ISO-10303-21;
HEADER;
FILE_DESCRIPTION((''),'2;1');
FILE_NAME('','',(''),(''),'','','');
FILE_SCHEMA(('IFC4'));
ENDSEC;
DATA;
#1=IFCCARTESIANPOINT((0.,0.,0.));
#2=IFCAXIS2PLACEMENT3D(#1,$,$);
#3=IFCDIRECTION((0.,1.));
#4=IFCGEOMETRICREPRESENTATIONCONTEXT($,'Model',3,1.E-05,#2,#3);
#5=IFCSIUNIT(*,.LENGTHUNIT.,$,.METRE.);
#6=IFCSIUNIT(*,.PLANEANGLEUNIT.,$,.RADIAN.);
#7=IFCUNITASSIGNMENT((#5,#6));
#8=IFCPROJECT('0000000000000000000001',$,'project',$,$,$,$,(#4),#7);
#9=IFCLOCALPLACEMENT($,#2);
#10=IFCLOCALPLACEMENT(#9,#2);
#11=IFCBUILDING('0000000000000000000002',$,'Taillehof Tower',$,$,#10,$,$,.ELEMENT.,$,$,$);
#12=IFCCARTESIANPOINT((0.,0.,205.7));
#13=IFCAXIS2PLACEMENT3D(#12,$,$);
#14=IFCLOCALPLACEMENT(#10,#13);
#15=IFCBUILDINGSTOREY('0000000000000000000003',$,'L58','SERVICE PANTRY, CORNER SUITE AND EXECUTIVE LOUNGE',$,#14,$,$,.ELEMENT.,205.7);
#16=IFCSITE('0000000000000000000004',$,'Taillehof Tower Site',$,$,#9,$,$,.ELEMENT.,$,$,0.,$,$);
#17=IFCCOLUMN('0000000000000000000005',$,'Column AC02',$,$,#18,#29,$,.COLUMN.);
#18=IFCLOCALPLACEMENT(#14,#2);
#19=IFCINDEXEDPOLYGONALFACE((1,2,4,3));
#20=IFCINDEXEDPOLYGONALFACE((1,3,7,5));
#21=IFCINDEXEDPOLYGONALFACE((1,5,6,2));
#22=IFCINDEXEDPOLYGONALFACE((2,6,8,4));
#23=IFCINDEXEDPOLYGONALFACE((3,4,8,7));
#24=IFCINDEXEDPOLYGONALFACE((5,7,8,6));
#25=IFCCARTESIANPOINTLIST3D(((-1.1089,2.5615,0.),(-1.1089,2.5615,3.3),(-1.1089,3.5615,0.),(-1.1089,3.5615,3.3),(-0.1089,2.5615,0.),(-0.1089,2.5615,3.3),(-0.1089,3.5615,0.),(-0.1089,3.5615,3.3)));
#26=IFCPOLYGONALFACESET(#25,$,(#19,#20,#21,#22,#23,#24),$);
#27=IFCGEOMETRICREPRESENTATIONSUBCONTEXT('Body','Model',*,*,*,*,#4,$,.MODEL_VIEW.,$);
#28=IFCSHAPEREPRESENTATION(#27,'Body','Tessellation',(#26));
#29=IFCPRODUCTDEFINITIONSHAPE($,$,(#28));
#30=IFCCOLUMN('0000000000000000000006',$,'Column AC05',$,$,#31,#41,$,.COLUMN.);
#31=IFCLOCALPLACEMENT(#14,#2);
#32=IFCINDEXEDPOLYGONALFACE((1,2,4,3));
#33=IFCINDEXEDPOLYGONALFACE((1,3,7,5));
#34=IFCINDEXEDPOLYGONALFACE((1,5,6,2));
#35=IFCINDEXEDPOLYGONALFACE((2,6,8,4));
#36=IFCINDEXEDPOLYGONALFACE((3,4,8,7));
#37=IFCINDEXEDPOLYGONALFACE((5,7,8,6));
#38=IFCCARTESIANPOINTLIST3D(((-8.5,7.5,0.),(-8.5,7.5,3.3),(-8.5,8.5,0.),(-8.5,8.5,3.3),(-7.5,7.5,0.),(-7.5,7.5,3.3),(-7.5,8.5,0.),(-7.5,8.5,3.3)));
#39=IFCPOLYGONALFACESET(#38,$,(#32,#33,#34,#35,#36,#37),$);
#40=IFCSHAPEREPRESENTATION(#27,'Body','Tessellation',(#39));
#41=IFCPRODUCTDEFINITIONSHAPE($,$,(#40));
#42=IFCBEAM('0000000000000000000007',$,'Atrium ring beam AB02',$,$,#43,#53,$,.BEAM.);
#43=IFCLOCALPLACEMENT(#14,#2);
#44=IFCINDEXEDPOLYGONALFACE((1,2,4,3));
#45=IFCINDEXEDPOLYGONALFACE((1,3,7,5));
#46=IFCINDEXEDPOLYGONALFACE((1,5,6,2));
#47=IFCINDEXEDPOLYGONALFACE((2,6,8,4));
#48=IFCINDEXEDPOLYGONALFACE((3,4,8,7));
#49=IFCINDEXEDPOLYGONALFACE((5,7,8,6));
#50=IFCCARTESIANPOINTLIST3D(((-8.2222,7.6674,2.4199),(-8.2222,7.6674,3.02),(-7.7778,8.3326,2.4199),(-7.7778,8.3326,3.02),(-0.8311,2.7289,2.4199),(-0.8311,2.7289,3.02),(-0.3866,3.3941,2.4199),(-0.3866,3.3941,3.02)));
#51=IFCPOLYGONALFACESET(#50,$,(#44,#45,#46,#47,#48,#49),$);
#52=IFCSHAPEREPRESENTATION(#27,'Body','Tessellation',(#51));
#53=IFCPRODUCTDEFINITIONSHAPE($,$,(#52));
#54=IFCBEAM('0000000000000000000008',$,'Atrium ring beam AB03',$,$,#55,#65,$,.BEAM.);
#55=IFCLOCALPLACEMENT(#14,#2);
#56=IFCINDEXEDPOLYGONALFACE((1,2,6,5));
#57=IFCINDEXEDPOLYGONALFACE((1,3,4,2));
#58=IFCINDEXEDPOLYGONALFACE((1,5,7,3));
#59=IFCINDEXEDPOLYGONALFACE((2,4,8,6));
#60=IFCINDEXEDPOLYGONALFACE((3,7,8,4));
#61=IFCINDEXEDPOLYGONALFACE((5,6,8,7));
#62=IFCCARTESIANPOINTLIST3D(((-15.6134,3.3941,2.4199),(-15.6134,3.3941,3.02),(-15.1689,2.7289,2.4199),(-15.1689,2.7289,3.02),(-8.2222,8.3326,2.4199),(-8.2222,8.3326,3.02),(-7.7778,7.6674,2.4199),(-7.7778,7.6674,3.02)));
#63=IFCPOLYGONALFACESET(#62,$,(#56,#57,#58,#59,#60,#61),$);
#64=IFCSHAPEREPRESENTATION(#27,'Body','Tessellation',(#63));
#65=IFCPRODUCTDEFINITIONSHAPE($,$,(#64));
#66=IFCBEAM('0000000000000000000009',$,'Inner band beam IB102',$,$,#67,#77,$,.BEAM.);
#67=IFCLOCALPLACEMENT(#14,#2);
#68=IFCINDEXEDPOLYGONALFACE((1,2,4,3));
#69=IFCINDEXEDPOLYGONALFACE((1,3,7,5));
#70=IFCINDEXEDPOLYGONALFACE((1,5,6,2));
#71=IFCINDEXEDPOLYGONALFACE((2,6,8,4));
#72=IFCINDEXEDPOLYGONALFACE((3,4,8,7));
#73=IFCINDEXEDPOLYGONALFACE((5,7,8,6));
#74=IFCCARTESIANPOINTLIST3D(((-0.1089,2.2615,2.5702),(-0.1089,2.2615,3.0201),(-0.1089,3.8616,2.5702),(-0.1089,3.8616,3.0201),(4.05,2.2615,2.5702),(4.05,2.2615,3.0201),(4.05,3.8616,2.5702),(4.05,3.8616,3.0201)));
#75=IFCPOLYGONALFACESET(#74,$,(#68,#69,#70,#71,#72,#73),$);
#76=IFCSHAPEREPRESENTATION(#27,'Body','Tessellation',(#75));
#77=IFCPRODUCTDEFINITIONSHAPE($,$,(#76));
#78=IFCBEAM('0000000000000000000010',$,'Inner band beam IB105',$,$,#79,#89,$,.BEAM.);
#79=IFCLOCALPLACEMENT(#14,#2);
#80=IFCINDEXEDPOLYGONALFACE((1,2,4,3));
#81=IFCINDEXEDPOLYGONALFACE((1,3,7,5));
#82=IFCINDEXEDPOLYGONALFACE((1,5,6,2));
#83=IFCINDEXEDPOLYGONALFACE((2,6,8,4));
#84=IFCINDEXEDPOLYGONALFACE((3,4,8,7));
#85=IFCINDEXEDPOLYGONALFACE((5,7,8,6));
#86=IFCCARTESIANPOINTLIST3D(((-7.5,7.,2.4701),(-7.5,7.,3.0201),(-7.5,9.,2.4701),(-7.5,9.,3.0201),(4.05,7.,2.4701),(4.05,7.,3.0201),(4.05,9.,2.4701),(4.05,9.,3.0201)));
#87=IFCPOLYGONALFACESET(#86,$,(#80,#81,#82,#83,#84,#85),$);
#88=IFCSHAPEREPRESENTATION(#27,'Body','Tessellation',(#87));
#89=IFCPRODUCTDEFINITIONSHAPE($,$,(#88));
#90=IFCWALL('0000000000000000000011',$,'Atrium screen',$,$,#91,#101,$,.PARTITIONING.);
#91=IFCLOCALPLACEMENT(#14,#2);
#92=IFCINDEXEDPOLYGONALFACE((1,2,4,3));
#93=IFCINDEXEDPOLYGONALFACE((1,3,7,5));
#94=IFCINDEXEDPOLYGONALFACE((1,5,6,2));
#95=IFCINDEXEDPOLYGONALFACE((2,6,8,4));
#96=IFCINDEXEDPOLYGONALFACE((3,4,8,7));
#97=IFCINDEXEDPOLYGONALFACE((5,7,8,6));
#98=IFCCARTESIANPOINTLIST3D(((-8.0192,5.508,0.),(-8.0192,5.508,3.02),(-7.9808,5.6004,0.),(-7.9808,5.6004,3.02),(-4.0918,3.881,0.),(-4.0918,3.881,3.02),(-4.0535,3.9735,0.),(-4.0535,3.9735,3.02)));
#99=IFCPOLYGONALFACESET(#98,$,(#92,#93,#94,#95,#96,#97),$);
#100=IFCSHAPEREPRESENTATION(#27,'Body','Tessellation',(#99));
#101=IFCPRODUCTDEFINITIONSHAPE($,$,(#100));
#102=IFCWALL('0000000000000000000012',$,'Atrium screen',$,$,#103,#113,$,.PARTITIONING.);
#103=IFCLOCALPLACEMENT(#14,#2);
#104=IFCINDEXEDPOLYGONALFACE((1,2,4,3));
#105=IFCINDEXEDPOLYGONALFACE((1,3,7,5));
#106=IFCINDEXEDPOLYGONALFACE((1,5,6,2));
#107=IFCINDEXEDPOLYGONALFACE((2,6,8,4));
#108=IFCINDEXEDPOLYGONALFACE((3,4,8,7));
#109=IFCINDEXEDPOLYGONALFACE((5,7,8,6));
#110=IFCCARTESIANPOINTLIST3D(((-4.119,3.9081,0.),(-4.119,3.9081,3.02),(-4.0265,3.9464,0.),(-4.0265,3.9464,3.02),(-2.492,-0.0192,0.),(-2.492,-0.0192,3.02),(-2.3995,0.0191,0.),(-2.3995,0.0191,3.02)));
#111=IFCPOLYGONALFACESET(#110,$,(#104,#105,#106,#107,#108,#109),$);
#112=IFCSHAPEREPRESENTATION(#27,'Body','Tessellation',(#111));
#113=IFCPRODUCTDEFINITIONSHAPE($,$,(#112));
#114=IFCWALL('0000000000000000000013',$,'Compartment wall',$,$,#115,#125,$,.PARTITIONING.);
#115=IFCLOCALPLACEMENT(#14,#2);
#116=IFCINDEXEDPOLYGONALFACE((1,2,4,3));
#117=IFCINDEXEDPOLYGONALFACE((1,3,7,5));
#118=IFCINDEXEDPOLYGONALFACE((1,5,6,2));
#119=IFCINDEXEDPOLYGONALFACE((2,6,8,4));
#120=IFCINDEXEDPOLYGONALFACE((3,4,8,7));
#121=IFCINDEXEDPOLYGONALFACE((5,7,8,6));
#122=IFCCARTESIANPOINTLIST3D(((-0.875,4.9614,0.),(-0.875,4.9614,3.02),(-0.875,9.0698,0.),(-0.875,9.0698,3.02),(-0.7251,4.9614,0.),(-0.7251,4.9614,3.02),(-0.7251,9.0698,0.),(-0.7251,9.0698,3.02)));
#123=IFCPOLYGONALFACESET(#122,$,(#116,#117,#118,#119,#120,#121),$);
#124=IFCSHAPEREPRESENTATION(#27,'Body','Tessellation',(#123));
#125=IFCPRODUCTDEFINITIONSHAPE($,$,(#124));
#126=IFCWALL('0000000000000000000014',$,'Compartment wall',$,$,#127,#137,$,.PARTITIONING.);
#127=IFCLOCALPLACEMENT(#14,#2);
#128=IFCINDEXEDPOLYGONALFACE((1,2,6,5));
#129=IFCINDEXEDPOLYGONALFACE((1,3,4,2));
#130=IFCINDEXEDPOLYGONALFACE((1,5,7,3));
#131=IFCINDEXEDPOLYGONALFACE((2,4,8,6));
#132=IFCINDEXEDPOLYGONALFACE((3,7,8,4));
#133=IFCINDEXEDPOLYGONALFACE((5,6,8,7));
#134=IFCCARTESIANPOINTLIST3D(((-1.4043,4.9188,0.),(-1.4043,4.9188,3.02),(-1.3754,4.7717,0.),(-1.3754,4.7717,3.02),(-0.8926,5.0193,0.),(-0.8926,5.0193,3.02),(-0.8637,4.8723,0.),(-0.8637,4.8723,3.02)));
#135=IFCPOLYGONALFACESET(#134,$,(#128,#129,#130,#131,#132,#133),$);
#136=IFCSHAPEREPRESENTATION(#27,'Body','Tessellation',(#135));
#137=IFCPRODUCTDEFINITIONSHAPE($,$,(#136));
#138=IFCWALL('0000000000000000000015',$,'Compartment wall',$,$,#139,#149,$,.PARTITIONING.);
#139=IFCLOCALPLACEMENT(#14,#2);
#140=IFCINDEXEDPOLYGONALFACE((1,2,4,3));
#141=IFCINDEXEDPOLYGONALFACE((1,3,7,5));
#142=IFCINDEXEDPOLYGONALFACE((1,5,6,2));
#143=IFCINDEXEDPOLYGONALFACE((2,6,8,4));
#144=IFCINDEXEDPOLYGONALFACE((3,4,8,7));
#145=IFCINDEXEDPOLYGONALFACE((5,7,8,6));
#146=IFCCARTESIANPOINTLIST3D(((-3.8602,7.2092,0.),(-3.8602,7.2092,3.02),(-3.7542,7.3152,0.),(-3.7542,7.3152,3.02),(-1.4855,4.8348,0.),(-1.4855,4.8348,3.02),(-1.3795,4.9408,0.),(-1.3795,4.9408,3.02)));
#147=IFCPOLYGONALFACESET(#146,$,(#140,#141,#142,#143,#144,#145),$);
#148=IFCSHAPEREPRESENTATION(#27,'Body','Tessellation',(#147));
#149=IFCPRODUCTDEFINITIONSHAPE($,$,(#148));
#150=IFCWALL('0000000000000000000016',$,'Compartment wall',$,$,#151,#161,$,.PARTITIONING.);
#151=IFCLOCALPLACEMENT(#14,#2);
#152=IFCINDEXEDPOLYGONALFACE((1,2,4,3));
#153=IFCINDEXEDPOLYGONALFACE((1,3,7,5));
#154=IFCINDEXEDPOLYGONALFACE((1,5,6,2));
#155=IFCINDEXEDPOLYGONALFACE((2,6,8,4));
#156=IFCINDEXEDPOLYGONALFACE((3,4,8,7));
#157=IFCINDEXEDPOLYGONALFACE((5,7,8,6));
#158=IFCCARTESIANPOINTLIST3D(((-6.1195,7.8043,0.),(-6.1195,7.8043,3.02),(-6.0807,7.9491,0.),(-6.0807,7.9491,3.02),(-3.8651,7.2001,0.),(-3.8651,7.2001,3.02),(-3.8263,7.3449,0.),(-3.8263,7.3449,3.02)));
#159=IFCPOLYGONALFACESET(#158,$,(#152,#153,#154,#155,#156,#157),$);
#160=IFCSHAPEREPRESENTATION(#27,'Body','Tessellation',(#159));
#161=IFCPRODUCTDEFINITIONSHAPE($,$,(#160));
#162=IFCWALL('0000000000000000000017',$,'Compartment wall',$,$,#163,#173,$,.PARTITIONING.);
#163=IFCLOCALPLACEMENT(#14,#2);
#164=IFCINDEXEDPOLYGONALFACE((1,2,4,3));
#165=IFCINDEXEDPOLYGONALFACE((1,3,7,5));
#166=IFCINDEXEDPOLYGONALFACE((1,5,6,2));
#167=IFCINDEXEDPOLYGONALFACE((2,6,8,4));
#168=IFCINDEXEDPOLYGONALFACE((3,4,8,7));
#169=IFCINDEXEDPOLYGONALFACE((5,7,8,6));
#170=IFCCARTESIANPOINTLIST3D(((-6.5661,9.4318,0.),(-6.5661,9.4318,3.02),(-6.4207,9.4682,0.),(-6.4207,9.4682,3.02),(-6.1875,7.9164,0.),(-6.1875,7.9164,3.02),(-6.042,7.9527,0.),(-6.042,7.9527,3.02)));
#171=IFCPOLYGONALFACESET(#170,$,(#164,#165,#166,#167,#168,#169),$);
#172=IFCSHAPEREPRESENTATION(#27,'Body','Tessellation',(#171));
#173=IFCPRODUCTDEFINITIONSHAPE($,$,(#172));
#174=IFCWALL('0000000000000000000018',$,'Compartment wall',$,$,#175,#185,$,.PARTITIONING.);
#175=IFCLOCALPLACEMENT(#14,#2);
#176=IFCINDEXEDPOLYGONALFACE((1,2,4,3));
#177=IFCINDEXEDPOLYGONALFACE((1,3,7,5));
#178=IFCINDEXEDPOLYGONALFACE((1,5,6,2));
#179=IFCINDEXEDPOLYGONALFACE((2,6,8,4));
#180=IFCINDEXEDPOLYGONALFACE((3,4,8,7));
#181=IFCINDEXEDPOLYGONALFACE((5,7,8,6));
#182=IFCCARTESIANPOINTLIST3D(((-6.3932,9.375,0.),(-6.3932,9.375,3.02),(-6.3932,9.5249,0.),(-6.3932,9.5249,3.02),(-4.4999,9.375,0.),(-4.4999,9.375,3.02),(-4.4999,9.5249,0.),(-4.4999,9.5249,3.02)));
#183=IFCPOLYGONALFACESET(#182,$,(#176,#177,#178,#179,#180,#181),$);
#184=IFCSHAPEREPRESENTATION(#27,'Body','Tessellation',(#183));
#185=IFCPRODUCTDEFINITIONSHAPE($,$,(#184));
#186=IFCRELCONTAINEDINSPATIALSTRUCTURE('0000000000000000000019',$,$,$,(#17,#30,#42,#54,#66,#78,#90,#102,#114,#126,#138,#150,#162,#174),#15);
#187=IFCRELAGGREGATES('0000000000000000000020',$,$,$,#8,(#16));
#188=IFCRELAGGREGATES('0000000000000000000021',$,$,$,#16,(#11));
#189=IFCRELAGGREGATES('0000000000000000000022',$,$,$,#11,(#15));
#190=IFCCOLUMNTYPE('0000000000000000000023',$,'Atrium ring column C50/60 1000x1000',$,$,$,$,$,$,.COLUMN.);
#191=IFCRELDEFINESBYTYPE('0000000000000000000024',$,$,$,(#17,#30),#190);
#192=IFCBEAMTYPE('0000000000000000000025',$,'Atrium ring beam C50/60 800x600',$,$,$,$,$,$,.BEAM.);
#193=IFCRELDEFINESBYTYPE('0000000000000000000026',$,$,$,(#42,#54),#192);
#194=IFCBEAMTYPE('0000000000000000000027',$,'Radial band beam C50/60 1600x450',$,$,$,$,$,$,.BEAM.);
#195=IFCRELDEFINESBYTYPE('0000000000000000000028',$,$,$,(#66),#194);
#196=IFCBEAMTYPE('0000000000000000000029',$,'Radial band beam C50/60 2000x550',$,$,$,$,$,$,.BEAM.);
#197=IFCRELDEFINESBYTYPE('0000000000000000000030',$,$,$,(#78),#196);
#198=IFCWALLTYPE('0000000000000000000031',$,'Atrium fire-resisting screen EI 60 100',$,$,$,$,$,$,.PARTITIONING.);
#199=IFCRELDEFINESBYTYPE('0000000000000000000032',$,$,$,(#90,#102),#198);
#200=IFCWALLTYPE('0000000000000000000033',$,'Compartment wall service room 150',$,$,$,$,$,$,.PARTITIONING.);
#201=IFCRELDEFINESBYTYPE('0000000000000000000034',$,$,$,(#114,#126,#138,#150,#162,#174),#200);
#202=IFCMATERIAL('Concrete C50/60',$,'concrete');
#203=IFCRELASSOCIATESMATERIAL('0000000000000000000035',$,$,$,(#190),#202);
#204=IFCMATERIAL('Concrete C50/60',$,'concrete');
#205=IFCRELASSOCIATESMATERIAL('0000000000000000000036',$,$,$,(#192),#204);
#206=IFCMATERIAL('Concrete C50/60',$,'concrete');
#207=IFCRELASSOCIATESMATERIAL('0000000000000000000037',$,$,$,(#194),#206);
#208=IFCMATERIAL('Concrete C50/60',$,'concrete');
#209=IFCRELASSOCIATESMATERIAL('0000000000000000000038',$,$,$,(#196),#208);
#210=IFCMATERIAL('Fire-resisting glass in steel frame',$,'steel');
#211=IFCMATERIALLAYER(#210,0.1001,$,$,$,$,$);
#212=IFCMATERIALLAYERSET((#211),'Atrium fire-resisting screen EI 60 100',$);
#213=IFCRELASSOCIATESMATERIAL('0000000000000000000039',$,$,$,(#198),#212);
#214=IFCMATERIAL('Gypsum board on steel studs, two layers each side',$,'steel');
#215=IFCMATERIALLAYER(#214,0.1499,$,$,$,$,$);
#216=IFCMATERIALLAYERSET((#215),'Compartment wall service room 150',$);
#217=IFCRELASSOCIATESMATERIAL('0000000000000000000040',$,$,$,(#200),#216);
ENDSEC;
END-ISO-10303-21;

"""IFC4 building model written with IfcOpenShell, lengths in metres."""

from ifc_helpers import new_model, si_unit, direction, frame, frame_2d, origin, origin_2d, place, context, subcontext, project, spatial, rectangle, extrude, material, layer, layer_set, material_profile, profile_set, type_object, element, save


model = new_model("IFC4")

# Units and contexts
model_context = context("Model", 3, precision=1e-05, world=origin(), true_north=direction((0.0, 1.0)))
body_context = subcontext(model_context, "Body", "Model", "MODEL_VIEW")
ifc_project = project(units=[si_unit("LENGTHUNIT", "METRE"), si_unit("PLANEANGLEUNIT", "RADIAN")], contexts=[model_context])

# Site, building, storey
site_placement = place(None, origin())
site = spatial("IfcSite", under=ifc_project, at=site_placement, Name="Taillehof Tower Site", CompositionType="ELEMENT", RefElevation=0.0)
building_placement = place(site_placement, origin())
building = spatial("IfcBuilding", under=site, at=building_placement, Name="Taillehof Tower", CompositionType="ELEMENT")
storey_placement = place(building_placement, frame((0.0, 0.0, 205.7)))
storey = spatial("IfcBuildingStorey", under=building, at=storey_placement, Name="L58", Description="SERVICE PANTRY, CORNER SUITE AND EXECUTIVE LOUNGE", CompositionType="ELEMENT", Elevation=205.7)

# Columns
ifc_material_1 = material(Name="Concrete C50/60", Category="concrete")
ifc_material_profile_1 = material_profile(ifc_material_1, rectangle(XDim=1.0, YDim=1.0, at=origin_2d()), Name="RC 1000x1000")
ifc_profile_set_1 = profile_set([ifc_material_profile_1], Name="Concrete C50/60")
column_type = type_object("IfcColumnType", Name="Atrium ring column C50/60 1000x1000", PredefinedType="COLUMN", material=ifc_profile_set_1)
for number, where, z_axis, x_axis, name in (
    (1, (-0.6089, 3.0615, 0.0), (0.0, 0.0, 1.0), (1.0, 0.0, 0.0), "Column AC02"),
    (2, (-8.0, 8.0, 0.0), (0.0, 0.0, 1.0), (1.0, 0.0, 0.0), "Column AC05"),
):
    element("IfcColumn", number, at=place(storey_placement, frame(where, z_axis=z_axis, x_axis=x_axis)), inside=storey, type_object=column_type, Name=name, PredefinedType="COLUMN", context=body_context, shape_type="SweptSolid", body=[
        extrude(rectangle(XDim=1.0, YDim=1.0, at=origin_2d()), origin(), (0.0, 0.0, 1.0), 3.3),
    ])

# Beams
ifc_material_2 = material(Name="Concrete C50/60", Category="concrete")
ifc_material_profile_2 = material_profile(ifc_material_2, rectangle(XDim=0.8, YDim=0.6001, at=origin_2d()), Name="RC 800x600")
ifc_profile_set_2 = profile_set([ifc_material_profile_2], Name="Concrete C50/60")
beam_type_1 = type_object("IfcBeamType", Name="Atrium ring beam C50/60 800x600", PredefinedType="BEAM", material=ifc_profile_set_2)
for number, where, z_axis, x_axis, name in (
    (3, (-0.6089, 3.0615, 2.72), (-0.831475, 0.555562, 0.0), (-0.555562, -0.831475, 0.0), "Atrium ring beam AB02"),
    (4, (-8.0, 8.0, 2.72), (-0.831475, -0.555562, 0.0), (0.555562, -0.831475, 0.0), "Atrium ring beam AB03"),
):
    element("IfcBeam", number, at=place(storey_placement, frame(where, z_axis=z_axis, x_axis=x_axis)), inside=storey, type_object=beam_type_1, Name=name, PredefinedType="BEAM", context=body_context, shape_type="SweptSolid", body=[
        extrude(rectangle(XDim=0.8, YDim=0.6001, at=origin_2d()), origin(), (0.0, 0.0, 1.0), 8.8892),
    ])
ifc_material_3 = material(Name="Concrete C50/60", Category="concrete")
ifc_material_profile_3 = material_profile(ifc_material_3, rectangle(XDim=1.6001, YDim=0.45, at=origin_2d()), Name="RC 1600x450")
ifc_profile_set_3 = profile_set([ifc_material_profile_3], Name="Concrete C50/60")
beam_type_2 = type_object("IfcBeamType", Name="Radial band beam C50/60 1600x450", PredefinedType="BEAM", material=ifc_profile_set_3)
beam_1_placement = place(storey_placement, frame((-0.1089, 3.0615, 2.7952), z_axis=(1.0, 0.0, 0.0), x_axis=(0.0, 1.0, 0.0)))
element("IfcBeam", 5, at=beam_1_placement, inside=storey, type_object=beam_type_2, Name="Inner band beam IB102", PredefinedType="BEAM", context=body_context, shape_type="SweptSolid", body=[
    extrude(rectangle(XDim=1.6001, YDim=0.45, at=origin_2d()), origin(), (0.0, 0.0, 1.0), 4.1589),
])
ifc_material_4 = material(Name="Concrete C50/60", Category="concrete")
ifc_material_profile_4 = material_profile(ifc_material_4, rectangle(XDim=2.0, YDim=0.55, at=origin_2d()), Name="RC 2000x550")
ifc_profile_set_4 = profile_set([ifc_material_profile_4], Name="Concrete C50/60")
beam_type_3 = type_object("IfcBeamType", Name="Radial band beam C50/60 2000x550", PredefinedType="BEAM", material=ifc_profile_set_4)
beam_2_placement = place(storey_placement, frame((-7.5, 8.0, 2.7451), z_axis=(1.0, 0.0, 0.0), x_axis=(0.0, 1.0, 0.0)))
element("IfcBeam", 6, at=beam_2_placement, inside=storey, type_object=beam_type_3, Name="Inner band beam IB105", PredefinedType="BEAM", context=body_context, shape_type="SweptSolid", body=[
    extrude(rectangle(XDim=2.0, YDim=0.55, at=origin_2d()), origin(), (0.0, 0.0, 1.0), 11.55),
])

# Walls
ifc_material_5 = material(Name="Fire-resisting glass in steel frame", Category="steel")
ifc_layer_1 = layer(ifc_material_5, 0.1001)
ifc_layer_set_1 = layer_set([ifc_layer_1], Name="Atrium fire-resisting screen EI 60 100")
wall_type_1 = type_object("IfcWallType", Name="Atrium fire-resisting screen EI 60 100", PredefinedType="PARTITIONING", material=ifc_layer_set_1)
for number, where, z_axis, x_axis, name in (
    (7, (-8.0, 5.5542, 0.0), (0.0, 0.0, 1.0), (0.92386, -0.382731, 0.0), "Atrium screen"),
    (8, (-4.0728, 3.9272, 0.0), (0.0, 0.0, 1.0), (0.382731, -0.92386, 0.0), "Atrium screen"),
):
    element("IfcWall", number, at=place(storey_placement, frame(where, z_axis=z_axis, x_axis=x_axis)), inside=storey, type_object=wall_type_1, Name=name, PredefinedType="PARTITIONING", context=body_context, shape_type="SweptSolid", body=[
        extrude(rectangle(XDim=4.251, YDim=0.1001, at=frame_2d((2.1255, 0.0))), origin(), (0.0, 0.0, 1.0), 3.02),
    ])
ifc_material_6 = material(Name="Gypsum board on steel studs, two layers each side", Category="steel")
ifc_layer_2 = layer(ifc_material_6, 0.1499)
ifc_layer_set_2 = layer_set([ifc_layer_2], Name="Compartment wall service room 150")
wall_type_2 = type_object("IfcWallType", Name="Compartment wall service room 150", PredefinedType="PARTITIONING", material=ifc_layer_set_2)
wall_1_placement = place(storey_placement, frame((-0.8, 9.0698, 0.0), z_axis=(0.0, 0.0, 1.0), x_axis=(0.0, -1.0, 0.0)))
element("IfcWall", 9, at=wall_1_placement, inside=storey, type_object=wall_type_2, Name="Compartment wall", PredefinedType="PARTITIONING", context=body_context, shape_type="SweptSolid", body=[
    extrude(rectangle(XDim=4.1084, YDim=0.1499, at=frame_2d((2.0542, 0.0))), origin(), (0.0, 0.0, 1.0), 3.02),
])
wall_2_placement = place(storey_placement, frame((-0.8782, 4.9458, 0.0), z_axis=(0.0, 0.0, 1.0), x_axis=(-0.981224, -0.192874, 0.0)))
element("IfcWall", 10, at=wall_2_placement, inside=storey, type_object=wall_type_2, Name="Compartment wall", PredefinedType="PARTITIONING", context=body_context, shape_type="SweptSolid", body=[
    extrude(rectangle(XDim=0.5215, YDim=0.1499, at=frame_2d((0.2607, 0.0))), origin(), (0.0, 0.0, 1.0), 3.02),
])
wall_3_placement = place(storey_placement, frame((-1.4324, 4.8877, 0.0), z_axis=(0.0, 0.0, 1.0), x_axis=(-0.707143, 0.70707, 0.0)))
element("IfcWall", 11, at=wall_3_placement, inside=storey, type_object=wall_type_2, Name="Compartment wall", PredefinedType="PARTITIONING", context=body_context, shape_type="SweptSolid", body=[
    extrude(rectangle(XDim=3.3582, YDim=0.1499, at=frame_2d((1.6792, 0.0))), origin(), (0.0, 0.0, 1.0), 3.02),
])
wall_4_placement = place(storey_placement, frame((-3.8457, 7.2725, 0.0), z_axis=(0.0, 0.0, 1.0), x_axis=(-0.965906, 0.258893, 0.0)))
element("IfcWall", 12, at=wall_4_placement, inside=storey, type_object=wall_type_2, Name="Compartment wall", PredefinedType="PARTITIONING", context=body_context, shape_type="SweptSolid", body=[
    extrude(rectangle(XDim=2.334, YDim=0.1499, at=frame_2d((1.167, 0.0))), origin(), (0.0, 0.0, 1.0), 3.02),
])
wall_5_placement = place(storey_placement, frame((-6.1147, 7.9346, 0.0), z_axis=(0.0, 0.0, 1.0), x_axis=(-0.242425, 0.97017, 0.0)))
element("IfcWall", 13, at=wall_5_placement, inside=storey, type_object=wall_type_2, Name="Compartment wall", PredefinedType="PARTITIONING", context=body_context, shape_type="SweptSolid", body=[
    extrude(rectangle(XDim=1.562, YDim=0.1499, at=frame_2d((0.781, 0.0))), origin(), (0.0, 0.0, 1.0), 3.02),
])
wall_6_placement = place(storey_placement, frame((-6.3933, 9.45, 0.0), z_axis=(0.0, 0.0, 1.0), x_axis=(1.0, 0.0, 0.0)))
element("IfcWall", 14, at=wall_6_placement, inside=storey, type_object=wall_type_2, Name="Compartment wall", PredefinedType="PARTITIONING", context=body_context, shape_type="SweptSolid", body=[
    extrude(rectangle(XDim=1.8933, YDim=0.1499, at=frame_2d((0.9468, 0.0))), origin(), (0.0, 0.0, 1.0), 3.02),
])

save(model, "model.ifc")
